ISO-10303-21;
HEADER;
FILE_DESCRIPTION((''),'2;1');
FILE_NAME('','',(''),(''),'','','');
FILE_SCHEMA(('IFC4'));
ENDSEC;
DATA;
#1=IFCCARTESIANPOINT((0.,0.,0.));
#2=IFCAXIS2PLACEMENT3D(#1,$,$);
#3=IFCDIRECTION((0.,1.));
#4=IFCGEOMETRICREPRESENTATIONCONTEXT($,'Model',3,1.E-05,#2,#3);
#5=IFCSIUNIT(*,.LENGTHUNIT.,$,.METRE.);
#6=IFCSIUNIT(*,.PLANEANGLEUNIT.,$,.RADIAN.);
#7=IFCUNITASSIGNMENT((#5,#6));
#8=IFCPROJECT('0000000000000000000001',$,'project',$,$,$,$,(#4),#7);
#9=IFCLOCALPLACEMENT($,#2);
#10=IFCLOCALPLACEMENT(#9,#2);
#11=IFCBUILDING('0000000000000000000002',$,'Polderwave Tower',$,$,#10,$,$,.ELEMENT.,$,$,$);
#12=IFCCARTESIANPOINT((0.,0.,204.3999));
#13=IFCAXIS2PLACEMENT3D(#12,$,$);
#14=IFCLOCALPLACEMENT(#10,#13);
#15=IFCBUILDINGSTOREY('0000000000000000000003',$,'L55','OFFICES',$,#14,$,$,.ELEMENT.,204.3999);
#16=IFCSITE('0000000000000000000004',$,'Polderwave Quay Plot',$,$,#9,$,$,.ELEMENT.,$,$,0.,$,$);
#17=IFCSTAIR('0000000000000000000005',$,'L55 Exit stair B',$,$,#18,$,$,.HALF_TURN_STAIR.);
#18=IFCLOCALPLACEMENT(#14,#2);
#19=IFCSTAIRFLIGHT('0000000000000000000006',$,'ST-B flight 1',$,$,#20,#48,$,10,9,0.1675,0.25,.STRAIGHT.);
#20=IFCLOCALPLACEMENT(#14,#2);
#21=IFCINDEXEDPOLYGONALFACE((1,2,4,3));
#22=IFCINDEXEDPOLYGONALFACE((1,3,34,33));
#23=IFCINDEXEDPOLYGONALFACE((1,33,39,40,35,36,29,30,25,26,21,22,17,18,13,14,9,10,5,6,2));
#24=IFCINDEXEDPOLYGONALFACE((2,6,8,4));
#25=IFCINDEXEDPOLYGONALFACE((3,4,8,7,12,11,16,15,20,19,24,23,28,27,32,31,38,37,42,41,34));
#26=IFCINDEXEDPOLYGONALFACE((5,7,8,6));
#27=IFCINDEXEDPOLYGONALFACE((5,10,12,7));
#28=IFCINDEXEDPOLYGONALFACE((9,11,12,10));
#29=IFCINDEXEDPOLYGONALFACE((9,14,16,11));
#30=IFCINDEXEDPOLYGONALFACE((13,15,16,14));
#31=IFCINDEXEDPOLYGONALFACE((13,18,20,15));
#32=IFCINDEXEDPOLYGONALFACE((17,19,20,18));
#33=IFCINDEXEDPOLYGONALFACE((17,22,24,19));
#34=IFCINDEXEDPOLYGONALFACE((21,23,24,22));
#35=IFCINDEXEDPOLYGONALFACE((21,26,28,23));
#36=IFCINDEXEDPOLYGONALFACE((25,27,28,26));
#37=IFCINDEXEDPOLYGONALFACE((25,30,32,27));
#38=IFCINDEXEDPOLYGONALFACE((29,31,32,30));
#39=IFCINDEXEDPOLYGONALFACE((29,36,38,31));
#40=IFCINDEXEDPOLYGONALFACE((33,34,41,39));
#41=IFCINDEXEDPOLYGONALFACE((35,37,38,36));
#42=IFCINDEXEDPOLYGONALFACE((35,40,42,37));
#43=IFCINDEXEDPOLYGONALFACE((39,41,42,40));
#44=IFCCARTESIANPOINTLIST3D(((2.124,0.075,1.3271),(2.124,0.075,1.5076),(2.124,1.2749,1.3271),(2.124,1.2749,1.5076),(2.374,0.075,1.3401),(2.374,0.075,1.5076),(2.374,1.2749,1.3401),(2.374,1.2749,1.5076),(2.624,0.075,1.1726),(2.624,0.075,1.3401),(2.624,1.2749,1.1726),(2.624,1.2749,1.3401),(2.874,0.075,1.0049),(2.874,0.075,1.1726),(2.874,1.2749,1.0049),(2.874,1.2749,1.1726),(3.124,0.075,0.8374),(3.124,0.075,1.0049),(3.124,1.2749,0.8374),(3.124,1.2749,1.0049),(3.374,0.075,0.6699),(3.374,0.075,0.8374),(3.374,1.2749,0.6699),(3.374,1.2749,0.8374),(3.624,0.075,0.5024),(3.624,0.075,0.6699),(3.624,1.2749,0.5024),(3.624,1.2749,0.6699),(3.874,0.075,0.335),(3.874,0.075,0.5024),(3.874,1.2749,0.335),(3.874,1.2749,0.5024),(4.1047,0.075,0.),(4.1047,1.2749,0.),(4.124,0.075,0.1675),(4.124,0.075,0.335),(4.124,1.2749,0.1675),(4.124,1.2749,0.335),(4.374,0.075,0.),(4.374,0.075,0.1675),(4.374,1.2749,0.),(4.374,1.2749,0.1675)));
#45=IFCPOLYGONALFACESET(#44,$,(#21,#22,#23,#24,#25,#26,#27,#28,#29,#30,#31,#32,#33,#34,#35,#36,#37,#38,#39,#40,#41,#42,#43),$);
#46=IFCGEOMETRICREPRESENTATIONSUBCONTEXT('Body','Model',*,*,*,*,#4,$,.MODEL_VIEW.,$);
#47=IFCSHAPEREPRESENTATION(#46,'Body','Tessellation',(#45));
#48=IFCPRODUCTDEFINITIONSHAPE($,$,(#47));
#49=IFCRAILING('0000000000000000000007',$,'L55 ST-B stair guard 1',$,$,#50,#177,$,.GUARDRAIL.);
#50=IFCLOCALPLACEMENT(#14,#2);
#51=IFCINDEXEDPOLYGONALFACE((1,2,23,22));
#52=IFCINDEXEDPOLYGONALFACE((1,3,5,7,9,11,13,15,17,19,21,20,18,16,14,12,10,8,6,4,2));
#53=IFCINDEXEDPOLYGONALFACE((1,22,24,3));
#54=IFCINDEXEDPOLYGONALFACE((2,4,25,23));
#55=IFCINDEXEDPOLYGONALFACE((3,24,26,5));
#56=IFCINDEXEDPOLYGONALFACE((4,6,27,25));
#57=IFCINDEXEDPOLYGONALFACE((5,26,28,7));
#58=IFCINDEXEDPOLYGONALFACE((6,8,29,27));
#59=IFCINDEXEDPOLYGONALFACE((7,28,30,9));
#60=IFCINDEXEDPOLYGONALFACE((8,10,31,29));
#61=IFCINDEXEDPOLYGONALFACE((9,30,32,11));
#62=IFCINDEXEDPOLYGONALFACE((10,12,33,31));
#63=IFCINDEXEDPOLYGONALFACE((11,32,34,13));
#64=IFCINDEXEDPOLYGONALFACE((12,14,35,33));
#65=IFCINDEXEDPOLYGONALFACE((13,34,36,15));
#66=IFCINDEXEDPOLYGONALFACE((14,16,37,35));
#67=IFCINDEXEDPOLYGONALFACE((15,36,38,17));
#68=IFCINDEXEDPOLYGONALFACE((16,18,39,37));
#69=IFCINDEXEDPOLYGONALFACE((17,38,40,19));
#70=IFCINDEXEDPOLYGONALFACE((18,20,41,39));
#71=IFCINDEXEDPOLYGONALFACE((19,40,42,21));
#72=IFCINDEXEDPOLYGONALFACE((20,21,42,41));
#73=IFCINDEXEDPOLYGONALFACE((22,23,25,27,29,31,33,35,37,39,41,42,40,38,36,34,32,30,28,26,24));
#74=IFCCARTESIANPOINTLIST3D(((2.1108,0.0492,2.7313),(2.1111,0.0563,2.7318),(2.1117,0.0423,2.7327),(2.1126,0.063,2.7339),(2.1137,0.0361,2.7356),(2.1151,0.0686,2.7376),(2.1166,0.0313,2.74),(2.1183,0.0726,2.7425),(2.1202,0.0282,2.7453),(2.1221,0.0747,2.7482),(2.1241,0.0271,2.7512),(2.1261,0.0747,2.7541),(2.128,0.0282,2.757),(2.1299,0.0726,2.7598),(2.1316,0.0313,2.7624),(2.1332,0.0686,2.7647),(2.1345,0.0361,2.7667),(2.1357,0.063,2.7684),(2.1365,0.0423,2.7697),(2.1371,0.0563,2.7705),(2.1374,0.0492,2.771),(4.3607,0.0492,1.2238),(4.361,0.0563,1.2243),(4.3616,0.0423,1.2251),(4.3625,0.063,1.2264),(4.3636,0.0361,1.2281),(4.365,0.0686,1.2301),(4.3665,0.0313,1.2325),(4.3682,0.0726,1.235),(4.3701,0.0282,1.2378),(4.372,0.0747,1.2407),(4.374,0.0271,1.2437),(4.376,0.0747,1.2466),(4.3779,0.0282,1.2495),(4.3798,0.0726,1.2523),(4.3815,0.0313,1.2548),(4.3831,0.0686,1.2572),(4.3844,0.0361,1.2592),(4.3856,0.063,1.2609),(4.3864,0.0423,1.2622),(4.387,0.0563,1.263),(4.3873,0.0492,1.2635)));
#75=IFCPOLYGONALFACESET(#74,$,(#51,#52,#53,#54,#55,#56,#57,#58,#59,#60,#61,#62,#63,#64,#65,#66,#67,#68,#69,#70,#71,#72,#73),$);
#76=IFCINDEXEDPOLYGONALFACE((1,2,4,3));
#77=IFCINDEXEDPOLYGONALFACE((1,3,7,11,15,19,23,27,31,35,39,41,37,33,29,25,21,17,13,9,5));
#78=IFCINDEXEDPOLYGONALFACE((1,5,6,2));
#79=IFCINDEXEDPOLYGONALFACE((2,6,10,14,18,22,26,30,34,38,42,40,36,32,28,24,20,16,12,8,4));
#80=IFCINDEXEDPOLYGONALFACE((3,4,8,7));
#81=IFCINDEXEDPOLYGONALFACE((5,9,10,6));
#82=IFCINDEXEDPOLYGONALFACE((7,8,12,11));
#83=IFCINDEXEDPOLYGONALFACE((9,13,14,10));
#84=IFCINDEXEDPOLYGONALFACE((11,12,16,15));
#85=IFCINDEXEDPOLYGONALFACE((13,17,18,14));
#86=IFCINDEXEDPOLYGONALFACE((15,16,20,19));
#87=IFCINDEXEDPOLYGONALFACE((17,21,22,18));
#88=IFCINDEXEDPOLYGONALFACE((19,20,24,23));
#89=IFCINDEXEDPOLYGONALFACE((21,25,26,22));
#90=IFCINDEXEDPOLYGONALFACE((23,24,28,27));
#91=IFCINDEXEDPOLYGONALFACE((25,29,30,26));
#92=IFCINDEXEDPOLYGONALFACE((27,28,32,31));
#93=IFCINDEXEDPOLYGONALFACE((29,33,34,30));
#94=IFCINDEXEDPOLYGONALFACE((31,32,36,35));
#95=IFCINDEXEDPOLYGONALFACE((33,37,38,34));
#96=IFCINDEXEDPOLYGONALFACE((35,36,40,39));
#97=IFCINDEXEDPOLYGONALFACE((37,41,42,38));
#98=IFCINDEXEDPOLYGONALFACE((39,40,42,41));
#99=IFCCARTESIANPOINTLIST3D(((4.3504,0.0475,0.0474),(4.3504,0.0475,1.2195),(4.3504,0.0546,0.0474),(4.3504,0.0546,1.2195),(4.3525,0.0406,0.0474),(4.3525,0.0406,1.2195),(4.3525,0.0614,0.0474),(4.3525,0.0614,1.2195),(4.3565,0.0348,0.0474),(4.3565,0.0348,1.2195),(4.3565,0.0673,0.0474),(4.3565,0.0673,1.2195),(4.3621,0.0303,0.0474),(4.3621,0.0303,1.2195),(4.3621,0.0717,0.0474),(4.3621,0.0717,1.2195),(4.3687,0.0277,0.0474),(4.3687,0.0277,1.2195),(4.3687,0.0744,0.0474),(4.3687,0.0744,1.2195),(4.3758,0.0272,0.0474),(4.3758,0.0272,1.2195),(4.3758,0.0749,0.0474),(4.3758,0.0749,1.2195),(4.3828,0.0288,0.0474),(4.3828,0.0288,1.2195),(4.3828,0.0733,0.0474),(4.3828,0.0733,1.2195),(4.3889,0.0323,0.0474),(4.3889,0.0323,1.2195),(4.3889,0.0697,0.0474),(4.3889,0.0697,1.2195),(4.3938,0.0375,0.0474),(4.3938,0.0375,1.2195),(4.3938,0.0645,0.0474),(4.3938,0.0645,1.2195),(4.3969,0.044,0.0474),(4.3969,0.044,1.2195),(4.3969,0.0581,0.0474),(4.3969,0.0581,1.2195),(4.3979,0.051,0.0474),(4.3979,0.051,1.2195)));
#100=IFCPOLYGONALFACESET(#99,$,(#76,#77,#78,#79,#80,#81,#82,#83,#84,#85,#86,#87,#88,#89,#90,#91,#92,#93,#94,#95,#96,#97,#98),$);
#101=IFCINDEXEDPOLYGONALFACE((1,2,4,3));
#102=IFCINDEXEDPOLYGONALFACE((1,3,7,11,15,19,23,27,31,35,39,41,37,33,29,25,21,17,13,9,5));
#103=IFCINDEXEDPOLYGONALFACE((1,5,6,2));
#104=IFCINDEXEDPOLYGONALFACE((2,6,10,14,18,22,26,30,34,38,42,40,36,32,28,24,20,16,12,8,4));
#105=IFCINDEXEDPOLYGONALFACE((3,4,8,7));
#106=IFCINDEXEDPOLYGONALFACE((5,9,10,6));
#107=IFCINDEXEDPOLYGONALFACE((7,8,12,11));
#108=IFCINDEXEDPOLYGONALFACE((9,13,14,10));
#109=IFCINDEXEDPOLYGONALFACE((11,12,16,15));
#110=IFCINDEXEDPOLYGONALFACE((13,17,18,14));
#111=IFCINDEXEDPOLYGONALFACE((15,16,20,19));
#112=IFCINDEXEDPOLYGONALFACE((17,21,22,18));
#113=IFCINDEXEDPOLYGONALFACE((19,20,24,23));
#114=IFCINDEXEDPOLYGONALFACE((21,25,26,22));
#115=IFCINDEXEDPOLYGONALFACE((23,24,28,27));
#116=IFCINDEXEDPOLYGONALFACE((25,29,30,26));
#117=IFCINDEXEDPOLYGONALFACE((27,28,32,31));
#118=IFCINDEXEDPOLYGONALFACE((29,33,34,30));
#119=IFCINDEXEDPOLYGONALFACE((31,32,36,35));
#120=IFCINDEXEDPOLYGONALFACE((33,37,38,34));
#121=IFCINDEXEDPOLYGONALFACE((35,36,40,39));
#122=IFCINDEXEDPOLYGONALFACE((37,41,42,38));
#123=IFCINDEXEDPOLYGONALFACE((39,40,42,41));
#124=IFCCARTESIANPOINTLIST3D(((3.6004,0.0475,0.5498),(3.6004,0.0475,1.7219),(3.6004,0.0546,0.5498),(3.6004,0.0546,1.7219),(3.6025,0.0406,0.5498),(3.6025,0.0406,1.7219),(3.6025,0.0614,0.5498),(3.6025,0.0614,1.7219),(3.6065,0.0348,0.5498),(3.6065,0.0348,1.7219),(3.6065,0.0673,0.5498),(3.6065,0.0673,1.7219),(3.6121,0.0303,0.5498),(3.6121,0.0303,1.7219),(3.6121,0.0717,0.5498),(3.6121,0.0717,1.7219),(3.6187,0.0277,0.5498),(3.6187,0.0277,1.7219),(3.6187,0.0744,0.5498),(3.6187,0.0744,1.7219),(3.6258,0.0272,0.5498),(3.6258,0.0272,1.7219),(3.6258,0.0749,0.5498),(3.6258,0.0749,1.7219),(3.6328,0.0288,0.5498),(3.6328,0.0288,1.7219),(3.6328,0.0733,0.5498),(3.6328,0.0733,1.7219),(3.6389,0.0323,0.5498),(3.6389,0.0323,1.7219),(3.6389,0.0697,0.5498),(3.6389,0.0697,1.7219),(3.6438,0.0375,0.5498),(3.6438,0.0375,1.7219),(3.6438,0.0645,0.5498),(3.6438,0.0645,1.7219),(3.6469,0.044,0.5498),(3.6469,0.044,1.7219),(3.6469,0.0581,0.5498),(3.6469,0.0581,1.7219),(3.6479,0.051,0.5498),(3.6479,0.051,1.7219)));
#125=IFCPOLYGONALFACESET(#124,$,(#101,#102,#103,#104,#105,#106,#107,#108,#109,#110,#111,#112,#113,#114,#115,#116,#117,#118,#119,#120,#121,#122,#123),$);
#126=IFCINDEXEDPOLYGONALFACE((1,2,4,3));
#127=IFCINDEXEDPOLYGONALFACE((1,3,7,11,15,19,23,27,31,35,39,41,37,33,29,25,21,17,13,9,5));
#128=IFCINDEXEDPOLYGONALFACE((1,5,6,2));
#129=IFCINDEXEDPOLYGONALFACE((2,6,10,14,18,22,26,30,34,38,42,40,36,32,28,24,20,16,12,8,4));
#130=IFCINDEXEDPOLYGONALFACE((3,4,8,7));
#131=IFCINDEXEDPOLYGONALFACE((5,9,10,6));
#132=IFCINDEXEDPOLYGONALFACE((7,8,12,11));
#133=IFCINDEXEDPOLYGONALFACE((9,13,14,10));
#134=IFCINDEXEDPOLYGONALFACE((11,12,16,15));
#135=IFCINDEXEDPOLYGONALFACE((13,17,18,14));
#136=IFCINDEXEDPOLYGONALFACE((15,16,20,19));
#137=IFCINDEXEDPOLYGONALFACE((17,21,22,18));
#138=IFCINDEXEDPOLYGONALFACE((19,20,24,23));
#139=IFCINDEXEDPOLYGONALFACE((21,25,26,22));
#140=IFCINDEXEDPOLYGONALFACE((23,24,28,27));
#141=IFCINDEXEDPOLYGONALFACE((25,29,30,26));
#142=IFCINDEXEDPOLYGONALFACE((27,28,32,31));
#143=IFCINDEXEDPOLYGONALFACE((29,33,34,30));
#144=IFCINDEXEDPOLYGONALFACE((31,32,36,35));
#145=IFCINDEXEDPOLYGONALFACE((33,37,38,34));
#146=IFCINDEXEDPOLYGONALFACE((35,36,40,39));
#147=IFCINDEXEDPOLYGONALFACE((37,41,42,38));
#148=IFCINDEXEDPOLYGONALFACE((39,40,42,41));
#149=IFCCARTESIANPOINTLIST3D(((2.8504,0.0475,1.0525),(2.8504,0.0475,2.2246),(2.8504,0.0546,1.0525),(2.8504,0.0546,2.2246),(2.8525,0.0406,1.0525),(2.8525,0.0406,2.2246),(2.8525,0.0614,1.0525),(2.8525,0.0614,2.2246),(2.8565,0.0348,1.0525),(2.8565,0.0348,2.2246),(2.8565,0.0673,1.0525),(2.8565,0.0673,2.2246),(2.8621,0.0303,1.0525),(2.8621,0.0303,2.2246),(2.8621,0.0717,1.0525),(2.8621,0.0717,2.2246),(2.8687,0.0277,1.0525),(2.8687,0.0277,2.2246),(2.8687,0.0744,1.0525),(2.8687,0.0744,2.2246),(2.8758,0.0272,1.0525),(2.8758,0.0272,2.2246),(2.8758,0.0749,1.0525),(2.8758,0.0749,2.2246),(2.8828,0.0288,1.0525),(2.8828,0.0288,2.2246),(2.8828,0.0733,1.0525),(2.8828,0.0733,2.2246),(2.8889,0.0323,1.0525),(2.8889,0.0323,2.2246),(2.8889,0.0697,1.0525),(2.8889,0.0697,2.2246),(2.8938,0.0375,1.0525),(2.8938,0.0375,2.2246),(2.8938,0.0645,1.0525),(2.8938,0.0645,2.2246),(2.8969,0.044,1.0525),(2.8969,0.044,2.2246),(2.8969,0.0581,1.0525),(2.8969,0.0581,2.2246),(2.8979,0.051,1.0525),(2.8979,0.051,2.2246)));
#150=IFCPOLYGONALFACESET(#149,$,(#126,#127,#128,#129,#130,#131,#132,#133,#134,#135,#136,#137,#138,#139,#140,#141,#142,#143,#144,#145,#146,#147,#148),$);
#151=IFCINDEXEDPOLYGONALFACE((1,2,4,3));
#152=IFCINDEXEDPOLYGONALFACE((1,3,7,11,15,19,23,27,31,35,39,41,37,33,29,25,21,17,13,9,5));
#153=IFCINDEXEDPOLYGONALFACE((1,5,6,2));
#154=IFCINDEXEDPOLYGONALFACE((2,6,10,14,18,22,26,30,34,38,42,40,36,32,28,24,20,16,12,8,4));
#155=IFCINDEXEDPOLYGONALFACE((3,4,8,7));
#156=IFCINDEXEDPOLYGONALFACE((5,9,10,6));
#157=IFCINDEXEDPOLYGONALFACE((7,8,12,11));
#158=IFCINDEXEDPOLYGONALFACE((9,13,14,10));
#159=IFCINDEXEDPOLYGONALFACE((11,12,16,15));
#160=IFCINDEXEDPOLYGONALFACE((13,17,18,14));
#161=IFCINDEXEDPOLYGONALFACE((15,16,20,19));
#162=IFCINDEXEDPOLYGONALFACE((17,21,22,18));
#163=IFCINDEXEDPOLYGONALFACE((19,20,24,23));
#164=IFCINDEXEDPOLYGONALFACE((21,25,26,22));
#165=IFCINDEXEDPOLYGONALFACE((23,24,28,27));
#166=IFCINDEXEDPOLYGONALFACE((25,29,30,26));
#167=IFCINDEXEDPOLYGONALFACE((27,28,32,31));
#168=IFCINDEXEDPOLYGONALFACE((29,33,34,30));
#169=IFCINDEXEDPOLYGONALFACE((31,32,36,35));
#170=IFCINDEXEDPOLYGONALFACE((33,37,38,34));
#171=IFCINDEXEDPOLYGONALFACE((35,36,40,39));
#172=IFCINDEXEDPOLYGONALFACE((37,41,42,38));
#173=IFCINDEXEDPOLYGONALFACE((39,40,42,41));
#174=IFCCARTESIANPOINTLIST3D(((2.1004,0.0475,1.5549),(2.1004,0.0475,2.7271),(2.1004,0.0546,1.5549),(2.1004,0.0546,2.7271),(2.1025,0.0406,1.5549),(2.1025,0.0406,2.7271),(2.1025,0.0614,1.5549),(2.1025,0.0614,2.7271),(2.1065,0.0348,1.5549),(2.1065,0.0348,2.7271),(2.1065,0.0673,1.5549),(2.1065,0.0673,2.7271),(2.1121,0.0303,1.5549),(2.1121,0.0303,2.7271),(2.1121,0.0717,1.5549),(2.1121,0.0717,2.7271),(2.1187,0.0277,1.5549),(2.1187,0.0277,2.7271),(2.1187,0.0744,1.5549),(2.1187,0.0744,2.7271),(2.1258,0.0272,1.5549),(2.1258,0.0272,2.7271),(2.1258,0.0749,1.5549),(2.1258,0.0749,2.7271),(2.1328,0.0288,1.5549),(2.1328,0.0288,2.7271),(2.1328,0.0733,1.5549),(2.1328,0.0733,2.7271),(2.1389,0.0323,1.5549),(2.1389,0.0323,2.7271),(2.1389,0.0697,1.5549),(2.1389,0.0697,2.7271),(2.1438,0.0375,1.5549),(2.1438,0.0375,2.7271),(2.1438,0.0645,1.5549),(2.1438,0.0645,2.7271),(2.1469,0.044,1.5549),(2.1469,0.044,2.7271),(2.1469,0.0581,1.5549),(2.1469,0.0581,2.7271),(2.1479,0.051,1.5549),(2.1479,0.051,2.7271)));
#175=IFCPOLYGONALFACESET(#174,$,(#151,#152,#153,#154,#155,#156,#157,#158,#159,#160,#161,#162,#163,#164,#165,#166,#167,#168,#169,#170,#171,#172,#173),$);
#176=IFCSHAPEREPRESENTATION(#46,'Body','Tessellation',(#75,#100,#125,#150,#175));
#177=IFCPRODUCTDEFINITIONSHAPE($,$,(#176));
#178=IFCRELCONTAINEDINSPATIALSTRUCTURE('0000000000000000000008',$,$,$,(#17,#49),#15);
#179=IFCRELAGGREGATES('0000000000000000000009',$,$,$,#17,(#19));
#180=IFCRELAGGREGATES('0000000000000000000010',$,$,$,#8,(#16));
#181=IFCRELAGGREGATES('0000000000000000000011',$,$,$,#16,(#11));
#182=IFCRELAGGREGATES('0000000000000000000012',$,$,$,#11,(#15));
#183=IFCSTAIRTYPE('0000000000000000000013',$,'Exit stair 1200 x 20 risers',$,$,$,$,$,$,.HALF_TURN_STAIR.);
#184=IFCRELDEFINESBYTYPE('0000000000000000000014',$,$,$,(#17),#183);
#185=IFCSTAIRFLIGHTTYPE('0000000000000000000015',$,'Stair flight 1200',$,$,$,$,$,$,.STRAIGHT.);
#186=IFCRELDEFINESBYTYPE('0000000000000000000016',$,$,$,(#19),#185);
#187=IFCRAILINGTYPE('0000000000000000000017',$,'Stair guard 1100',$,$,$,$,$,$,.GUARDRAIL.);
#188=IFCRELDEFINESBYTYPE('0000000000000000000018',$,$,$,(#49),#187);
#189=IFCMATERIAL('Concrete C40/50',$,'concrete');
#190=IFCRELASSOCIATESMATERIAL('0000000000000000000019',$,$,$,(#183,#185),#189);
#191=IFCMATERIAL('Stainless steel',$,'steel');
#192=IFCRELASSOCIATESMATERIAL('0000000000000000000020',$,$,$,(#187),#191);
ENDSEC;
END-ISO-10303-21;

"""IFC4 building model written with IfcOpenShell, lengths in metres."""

from ifc_helpers import new_model, si_unit, direction, frame, origin, origin_2d, place, context, subcontext, project, spatial, polyline, circle, outline, extrude, material, type_object, element, aggregate, save


model = new_model("IFC4")

# Units and contexts
model_context = context("Model", 3, precision=1e-05, world=origin(), true_north=direction((0.0, 1.0)))
body_context = subcontext(model_context, "Body", "Model", "MODEL_VIEW")
ifc_project = project(units=[si_unit("LENGTHUNIT", "METRE"), si_unit("PLANEANGLEUNIT", "RADIAN")], contexts=[model_context])

# Site, building, storey
site_placement = place(None, origin())
site = spatial("IfcSite", under=ifc_project, at=site_placement, Name="Polderwave Quay Plot", CompositionType="ELEMENT", RefElevation=0.0)
building_placement = place(site_placement, origin())
building = spatial("IfcBuilding", under=site, at=building_placement, Name="Polderwave Tower", CompositionType="ELEMENT")
storey_placement = place(building_placement, frame((0.0, 0.0, 204.3999)))
storey = spatial("IfcBuildingStorey", under=building, at=storey_placement, Name="L55", Description="OFFICES", CompositionType="ELEMENT", Elevation=204.3999)

# Stair, stair flight
ifc_material_1 = material(Name="Concrete C40/50", Category="concrete")
stair_type = type_object("IfcStairType", Name="Exit stair 1200 x 20 risers", PredefinedType="HALF_TURN_STAIR", material=ifc_material_1)
stair_placement = place(storey_placement, origin())
stair = element("IfcStair", 1, at=stair_placement, inside=storey, type_object=stair_type, Name="L55 Exit stair B", PredefinedType="HALF_TURN_STAIR")
stair_flight_type = type_object("IfcStairFlightType", Name="Stair flight 1200", PredefinedType="STRAIGHT", material=ifc_material_1)
stair_flight_placement = place(storey_placement, frame((4.374, 0.675, 0.0), z_axis=(0.0, 0.0, 1.0), x_axis=(-1.0, 0.0, 0.0)))
stair_flight = element("IfcStairFlight", 2, at=stair_flight_placement, type_object=stair_flight_type, Name="ST-B flight 1", NumberOfRisers=10, NumberOfTreads=9, PredefinedType="STRAIGHT", RiserHeight=0.1675, TreadLength=0.25, context=body_context, shape_type="SweptSolid", body=[
    extrude(outline(polyline([(0.0, 0.0), (0.0, 0.1675), (0.25, 0.1675), (0.25, 0.335), (0.5, 0.335), (0.5, 0.5024), (0.75, 0.5024), (0.75, 0.6699), (1.0, 0.6699), (1.0, 0.8374), (1.25, 0.8374), (1.25, 1.0049), (1.5, 1.0049), (1.5, 1.1726), (1.75, 1.1726), (1.75, 1.3401), (2.0, 1.3401), (2.0, 1.5076), (2.25, 1.5076), (2.25, 1.675), (2.25, 1.3271), (0.2693, 0.0), (0.0, 0.0)])), frame((0.0, 0.6001, 0.0), z_axis=(0.0, -1.0, 0.0), x_axis=(1.0, 0.0, 0.0)), (0.0, 0.0, 1.0), 1.2),
])
aggregate(stair, [stair_flight])

# Railing
ifc_material_2 = material(Name="Stainless steel", Category="steel")
railing_type_1 = type_object("IfcRailingType", Name="Stair guard 1100", PredefinedType="GUARDRAIL", material=ifc_material_2)
railing_1_placement = place(storey_placement, frame((4.374, 0.051, 0.0474)))
element("IfcRailing", 3, at=railing_1_placement, inside=storey, type_object=railing_type_1, Name="L55 ST-B stair guard 1", PredefinedType="GUARDRAIL", context=body_context, shape_type="SweptSolid", body=[
    extrude(circle(Radius=0.0239, at=origin_2d()), frame((0.0, 0.0, 1.1963), z_axis=(-0.830758, 0.0, 0.556633), x_axis=(0.0, -1.0, 0.0)), (0.0, 0.0, 1.0), 2.7083),
    extrude(circle(Radius=0.0239, at=origin_2d()), origin(), (0.0, 0.0, 1.0), 1.1721),
    extrude(circle(Radius=0.0239, at=origin_2d()), frame((-0.75, 0.0, 0.5024)), (0.0, 0.0, 1.0), 1.1721),
    extrude(circle(Radius=0.0239, at=origin_2d()), frame((-1.5, 0.0, 1.0051)), (0.0, 0.0, 1.0), 1.1721),
    extrude(circle(Radius=0.0239, at=origin_2d()), frame((-2.25, 0.0, 1.5076)), (0.0, 0.0, 1.0), 1.1721),
])

save(model, "model.ifc")
